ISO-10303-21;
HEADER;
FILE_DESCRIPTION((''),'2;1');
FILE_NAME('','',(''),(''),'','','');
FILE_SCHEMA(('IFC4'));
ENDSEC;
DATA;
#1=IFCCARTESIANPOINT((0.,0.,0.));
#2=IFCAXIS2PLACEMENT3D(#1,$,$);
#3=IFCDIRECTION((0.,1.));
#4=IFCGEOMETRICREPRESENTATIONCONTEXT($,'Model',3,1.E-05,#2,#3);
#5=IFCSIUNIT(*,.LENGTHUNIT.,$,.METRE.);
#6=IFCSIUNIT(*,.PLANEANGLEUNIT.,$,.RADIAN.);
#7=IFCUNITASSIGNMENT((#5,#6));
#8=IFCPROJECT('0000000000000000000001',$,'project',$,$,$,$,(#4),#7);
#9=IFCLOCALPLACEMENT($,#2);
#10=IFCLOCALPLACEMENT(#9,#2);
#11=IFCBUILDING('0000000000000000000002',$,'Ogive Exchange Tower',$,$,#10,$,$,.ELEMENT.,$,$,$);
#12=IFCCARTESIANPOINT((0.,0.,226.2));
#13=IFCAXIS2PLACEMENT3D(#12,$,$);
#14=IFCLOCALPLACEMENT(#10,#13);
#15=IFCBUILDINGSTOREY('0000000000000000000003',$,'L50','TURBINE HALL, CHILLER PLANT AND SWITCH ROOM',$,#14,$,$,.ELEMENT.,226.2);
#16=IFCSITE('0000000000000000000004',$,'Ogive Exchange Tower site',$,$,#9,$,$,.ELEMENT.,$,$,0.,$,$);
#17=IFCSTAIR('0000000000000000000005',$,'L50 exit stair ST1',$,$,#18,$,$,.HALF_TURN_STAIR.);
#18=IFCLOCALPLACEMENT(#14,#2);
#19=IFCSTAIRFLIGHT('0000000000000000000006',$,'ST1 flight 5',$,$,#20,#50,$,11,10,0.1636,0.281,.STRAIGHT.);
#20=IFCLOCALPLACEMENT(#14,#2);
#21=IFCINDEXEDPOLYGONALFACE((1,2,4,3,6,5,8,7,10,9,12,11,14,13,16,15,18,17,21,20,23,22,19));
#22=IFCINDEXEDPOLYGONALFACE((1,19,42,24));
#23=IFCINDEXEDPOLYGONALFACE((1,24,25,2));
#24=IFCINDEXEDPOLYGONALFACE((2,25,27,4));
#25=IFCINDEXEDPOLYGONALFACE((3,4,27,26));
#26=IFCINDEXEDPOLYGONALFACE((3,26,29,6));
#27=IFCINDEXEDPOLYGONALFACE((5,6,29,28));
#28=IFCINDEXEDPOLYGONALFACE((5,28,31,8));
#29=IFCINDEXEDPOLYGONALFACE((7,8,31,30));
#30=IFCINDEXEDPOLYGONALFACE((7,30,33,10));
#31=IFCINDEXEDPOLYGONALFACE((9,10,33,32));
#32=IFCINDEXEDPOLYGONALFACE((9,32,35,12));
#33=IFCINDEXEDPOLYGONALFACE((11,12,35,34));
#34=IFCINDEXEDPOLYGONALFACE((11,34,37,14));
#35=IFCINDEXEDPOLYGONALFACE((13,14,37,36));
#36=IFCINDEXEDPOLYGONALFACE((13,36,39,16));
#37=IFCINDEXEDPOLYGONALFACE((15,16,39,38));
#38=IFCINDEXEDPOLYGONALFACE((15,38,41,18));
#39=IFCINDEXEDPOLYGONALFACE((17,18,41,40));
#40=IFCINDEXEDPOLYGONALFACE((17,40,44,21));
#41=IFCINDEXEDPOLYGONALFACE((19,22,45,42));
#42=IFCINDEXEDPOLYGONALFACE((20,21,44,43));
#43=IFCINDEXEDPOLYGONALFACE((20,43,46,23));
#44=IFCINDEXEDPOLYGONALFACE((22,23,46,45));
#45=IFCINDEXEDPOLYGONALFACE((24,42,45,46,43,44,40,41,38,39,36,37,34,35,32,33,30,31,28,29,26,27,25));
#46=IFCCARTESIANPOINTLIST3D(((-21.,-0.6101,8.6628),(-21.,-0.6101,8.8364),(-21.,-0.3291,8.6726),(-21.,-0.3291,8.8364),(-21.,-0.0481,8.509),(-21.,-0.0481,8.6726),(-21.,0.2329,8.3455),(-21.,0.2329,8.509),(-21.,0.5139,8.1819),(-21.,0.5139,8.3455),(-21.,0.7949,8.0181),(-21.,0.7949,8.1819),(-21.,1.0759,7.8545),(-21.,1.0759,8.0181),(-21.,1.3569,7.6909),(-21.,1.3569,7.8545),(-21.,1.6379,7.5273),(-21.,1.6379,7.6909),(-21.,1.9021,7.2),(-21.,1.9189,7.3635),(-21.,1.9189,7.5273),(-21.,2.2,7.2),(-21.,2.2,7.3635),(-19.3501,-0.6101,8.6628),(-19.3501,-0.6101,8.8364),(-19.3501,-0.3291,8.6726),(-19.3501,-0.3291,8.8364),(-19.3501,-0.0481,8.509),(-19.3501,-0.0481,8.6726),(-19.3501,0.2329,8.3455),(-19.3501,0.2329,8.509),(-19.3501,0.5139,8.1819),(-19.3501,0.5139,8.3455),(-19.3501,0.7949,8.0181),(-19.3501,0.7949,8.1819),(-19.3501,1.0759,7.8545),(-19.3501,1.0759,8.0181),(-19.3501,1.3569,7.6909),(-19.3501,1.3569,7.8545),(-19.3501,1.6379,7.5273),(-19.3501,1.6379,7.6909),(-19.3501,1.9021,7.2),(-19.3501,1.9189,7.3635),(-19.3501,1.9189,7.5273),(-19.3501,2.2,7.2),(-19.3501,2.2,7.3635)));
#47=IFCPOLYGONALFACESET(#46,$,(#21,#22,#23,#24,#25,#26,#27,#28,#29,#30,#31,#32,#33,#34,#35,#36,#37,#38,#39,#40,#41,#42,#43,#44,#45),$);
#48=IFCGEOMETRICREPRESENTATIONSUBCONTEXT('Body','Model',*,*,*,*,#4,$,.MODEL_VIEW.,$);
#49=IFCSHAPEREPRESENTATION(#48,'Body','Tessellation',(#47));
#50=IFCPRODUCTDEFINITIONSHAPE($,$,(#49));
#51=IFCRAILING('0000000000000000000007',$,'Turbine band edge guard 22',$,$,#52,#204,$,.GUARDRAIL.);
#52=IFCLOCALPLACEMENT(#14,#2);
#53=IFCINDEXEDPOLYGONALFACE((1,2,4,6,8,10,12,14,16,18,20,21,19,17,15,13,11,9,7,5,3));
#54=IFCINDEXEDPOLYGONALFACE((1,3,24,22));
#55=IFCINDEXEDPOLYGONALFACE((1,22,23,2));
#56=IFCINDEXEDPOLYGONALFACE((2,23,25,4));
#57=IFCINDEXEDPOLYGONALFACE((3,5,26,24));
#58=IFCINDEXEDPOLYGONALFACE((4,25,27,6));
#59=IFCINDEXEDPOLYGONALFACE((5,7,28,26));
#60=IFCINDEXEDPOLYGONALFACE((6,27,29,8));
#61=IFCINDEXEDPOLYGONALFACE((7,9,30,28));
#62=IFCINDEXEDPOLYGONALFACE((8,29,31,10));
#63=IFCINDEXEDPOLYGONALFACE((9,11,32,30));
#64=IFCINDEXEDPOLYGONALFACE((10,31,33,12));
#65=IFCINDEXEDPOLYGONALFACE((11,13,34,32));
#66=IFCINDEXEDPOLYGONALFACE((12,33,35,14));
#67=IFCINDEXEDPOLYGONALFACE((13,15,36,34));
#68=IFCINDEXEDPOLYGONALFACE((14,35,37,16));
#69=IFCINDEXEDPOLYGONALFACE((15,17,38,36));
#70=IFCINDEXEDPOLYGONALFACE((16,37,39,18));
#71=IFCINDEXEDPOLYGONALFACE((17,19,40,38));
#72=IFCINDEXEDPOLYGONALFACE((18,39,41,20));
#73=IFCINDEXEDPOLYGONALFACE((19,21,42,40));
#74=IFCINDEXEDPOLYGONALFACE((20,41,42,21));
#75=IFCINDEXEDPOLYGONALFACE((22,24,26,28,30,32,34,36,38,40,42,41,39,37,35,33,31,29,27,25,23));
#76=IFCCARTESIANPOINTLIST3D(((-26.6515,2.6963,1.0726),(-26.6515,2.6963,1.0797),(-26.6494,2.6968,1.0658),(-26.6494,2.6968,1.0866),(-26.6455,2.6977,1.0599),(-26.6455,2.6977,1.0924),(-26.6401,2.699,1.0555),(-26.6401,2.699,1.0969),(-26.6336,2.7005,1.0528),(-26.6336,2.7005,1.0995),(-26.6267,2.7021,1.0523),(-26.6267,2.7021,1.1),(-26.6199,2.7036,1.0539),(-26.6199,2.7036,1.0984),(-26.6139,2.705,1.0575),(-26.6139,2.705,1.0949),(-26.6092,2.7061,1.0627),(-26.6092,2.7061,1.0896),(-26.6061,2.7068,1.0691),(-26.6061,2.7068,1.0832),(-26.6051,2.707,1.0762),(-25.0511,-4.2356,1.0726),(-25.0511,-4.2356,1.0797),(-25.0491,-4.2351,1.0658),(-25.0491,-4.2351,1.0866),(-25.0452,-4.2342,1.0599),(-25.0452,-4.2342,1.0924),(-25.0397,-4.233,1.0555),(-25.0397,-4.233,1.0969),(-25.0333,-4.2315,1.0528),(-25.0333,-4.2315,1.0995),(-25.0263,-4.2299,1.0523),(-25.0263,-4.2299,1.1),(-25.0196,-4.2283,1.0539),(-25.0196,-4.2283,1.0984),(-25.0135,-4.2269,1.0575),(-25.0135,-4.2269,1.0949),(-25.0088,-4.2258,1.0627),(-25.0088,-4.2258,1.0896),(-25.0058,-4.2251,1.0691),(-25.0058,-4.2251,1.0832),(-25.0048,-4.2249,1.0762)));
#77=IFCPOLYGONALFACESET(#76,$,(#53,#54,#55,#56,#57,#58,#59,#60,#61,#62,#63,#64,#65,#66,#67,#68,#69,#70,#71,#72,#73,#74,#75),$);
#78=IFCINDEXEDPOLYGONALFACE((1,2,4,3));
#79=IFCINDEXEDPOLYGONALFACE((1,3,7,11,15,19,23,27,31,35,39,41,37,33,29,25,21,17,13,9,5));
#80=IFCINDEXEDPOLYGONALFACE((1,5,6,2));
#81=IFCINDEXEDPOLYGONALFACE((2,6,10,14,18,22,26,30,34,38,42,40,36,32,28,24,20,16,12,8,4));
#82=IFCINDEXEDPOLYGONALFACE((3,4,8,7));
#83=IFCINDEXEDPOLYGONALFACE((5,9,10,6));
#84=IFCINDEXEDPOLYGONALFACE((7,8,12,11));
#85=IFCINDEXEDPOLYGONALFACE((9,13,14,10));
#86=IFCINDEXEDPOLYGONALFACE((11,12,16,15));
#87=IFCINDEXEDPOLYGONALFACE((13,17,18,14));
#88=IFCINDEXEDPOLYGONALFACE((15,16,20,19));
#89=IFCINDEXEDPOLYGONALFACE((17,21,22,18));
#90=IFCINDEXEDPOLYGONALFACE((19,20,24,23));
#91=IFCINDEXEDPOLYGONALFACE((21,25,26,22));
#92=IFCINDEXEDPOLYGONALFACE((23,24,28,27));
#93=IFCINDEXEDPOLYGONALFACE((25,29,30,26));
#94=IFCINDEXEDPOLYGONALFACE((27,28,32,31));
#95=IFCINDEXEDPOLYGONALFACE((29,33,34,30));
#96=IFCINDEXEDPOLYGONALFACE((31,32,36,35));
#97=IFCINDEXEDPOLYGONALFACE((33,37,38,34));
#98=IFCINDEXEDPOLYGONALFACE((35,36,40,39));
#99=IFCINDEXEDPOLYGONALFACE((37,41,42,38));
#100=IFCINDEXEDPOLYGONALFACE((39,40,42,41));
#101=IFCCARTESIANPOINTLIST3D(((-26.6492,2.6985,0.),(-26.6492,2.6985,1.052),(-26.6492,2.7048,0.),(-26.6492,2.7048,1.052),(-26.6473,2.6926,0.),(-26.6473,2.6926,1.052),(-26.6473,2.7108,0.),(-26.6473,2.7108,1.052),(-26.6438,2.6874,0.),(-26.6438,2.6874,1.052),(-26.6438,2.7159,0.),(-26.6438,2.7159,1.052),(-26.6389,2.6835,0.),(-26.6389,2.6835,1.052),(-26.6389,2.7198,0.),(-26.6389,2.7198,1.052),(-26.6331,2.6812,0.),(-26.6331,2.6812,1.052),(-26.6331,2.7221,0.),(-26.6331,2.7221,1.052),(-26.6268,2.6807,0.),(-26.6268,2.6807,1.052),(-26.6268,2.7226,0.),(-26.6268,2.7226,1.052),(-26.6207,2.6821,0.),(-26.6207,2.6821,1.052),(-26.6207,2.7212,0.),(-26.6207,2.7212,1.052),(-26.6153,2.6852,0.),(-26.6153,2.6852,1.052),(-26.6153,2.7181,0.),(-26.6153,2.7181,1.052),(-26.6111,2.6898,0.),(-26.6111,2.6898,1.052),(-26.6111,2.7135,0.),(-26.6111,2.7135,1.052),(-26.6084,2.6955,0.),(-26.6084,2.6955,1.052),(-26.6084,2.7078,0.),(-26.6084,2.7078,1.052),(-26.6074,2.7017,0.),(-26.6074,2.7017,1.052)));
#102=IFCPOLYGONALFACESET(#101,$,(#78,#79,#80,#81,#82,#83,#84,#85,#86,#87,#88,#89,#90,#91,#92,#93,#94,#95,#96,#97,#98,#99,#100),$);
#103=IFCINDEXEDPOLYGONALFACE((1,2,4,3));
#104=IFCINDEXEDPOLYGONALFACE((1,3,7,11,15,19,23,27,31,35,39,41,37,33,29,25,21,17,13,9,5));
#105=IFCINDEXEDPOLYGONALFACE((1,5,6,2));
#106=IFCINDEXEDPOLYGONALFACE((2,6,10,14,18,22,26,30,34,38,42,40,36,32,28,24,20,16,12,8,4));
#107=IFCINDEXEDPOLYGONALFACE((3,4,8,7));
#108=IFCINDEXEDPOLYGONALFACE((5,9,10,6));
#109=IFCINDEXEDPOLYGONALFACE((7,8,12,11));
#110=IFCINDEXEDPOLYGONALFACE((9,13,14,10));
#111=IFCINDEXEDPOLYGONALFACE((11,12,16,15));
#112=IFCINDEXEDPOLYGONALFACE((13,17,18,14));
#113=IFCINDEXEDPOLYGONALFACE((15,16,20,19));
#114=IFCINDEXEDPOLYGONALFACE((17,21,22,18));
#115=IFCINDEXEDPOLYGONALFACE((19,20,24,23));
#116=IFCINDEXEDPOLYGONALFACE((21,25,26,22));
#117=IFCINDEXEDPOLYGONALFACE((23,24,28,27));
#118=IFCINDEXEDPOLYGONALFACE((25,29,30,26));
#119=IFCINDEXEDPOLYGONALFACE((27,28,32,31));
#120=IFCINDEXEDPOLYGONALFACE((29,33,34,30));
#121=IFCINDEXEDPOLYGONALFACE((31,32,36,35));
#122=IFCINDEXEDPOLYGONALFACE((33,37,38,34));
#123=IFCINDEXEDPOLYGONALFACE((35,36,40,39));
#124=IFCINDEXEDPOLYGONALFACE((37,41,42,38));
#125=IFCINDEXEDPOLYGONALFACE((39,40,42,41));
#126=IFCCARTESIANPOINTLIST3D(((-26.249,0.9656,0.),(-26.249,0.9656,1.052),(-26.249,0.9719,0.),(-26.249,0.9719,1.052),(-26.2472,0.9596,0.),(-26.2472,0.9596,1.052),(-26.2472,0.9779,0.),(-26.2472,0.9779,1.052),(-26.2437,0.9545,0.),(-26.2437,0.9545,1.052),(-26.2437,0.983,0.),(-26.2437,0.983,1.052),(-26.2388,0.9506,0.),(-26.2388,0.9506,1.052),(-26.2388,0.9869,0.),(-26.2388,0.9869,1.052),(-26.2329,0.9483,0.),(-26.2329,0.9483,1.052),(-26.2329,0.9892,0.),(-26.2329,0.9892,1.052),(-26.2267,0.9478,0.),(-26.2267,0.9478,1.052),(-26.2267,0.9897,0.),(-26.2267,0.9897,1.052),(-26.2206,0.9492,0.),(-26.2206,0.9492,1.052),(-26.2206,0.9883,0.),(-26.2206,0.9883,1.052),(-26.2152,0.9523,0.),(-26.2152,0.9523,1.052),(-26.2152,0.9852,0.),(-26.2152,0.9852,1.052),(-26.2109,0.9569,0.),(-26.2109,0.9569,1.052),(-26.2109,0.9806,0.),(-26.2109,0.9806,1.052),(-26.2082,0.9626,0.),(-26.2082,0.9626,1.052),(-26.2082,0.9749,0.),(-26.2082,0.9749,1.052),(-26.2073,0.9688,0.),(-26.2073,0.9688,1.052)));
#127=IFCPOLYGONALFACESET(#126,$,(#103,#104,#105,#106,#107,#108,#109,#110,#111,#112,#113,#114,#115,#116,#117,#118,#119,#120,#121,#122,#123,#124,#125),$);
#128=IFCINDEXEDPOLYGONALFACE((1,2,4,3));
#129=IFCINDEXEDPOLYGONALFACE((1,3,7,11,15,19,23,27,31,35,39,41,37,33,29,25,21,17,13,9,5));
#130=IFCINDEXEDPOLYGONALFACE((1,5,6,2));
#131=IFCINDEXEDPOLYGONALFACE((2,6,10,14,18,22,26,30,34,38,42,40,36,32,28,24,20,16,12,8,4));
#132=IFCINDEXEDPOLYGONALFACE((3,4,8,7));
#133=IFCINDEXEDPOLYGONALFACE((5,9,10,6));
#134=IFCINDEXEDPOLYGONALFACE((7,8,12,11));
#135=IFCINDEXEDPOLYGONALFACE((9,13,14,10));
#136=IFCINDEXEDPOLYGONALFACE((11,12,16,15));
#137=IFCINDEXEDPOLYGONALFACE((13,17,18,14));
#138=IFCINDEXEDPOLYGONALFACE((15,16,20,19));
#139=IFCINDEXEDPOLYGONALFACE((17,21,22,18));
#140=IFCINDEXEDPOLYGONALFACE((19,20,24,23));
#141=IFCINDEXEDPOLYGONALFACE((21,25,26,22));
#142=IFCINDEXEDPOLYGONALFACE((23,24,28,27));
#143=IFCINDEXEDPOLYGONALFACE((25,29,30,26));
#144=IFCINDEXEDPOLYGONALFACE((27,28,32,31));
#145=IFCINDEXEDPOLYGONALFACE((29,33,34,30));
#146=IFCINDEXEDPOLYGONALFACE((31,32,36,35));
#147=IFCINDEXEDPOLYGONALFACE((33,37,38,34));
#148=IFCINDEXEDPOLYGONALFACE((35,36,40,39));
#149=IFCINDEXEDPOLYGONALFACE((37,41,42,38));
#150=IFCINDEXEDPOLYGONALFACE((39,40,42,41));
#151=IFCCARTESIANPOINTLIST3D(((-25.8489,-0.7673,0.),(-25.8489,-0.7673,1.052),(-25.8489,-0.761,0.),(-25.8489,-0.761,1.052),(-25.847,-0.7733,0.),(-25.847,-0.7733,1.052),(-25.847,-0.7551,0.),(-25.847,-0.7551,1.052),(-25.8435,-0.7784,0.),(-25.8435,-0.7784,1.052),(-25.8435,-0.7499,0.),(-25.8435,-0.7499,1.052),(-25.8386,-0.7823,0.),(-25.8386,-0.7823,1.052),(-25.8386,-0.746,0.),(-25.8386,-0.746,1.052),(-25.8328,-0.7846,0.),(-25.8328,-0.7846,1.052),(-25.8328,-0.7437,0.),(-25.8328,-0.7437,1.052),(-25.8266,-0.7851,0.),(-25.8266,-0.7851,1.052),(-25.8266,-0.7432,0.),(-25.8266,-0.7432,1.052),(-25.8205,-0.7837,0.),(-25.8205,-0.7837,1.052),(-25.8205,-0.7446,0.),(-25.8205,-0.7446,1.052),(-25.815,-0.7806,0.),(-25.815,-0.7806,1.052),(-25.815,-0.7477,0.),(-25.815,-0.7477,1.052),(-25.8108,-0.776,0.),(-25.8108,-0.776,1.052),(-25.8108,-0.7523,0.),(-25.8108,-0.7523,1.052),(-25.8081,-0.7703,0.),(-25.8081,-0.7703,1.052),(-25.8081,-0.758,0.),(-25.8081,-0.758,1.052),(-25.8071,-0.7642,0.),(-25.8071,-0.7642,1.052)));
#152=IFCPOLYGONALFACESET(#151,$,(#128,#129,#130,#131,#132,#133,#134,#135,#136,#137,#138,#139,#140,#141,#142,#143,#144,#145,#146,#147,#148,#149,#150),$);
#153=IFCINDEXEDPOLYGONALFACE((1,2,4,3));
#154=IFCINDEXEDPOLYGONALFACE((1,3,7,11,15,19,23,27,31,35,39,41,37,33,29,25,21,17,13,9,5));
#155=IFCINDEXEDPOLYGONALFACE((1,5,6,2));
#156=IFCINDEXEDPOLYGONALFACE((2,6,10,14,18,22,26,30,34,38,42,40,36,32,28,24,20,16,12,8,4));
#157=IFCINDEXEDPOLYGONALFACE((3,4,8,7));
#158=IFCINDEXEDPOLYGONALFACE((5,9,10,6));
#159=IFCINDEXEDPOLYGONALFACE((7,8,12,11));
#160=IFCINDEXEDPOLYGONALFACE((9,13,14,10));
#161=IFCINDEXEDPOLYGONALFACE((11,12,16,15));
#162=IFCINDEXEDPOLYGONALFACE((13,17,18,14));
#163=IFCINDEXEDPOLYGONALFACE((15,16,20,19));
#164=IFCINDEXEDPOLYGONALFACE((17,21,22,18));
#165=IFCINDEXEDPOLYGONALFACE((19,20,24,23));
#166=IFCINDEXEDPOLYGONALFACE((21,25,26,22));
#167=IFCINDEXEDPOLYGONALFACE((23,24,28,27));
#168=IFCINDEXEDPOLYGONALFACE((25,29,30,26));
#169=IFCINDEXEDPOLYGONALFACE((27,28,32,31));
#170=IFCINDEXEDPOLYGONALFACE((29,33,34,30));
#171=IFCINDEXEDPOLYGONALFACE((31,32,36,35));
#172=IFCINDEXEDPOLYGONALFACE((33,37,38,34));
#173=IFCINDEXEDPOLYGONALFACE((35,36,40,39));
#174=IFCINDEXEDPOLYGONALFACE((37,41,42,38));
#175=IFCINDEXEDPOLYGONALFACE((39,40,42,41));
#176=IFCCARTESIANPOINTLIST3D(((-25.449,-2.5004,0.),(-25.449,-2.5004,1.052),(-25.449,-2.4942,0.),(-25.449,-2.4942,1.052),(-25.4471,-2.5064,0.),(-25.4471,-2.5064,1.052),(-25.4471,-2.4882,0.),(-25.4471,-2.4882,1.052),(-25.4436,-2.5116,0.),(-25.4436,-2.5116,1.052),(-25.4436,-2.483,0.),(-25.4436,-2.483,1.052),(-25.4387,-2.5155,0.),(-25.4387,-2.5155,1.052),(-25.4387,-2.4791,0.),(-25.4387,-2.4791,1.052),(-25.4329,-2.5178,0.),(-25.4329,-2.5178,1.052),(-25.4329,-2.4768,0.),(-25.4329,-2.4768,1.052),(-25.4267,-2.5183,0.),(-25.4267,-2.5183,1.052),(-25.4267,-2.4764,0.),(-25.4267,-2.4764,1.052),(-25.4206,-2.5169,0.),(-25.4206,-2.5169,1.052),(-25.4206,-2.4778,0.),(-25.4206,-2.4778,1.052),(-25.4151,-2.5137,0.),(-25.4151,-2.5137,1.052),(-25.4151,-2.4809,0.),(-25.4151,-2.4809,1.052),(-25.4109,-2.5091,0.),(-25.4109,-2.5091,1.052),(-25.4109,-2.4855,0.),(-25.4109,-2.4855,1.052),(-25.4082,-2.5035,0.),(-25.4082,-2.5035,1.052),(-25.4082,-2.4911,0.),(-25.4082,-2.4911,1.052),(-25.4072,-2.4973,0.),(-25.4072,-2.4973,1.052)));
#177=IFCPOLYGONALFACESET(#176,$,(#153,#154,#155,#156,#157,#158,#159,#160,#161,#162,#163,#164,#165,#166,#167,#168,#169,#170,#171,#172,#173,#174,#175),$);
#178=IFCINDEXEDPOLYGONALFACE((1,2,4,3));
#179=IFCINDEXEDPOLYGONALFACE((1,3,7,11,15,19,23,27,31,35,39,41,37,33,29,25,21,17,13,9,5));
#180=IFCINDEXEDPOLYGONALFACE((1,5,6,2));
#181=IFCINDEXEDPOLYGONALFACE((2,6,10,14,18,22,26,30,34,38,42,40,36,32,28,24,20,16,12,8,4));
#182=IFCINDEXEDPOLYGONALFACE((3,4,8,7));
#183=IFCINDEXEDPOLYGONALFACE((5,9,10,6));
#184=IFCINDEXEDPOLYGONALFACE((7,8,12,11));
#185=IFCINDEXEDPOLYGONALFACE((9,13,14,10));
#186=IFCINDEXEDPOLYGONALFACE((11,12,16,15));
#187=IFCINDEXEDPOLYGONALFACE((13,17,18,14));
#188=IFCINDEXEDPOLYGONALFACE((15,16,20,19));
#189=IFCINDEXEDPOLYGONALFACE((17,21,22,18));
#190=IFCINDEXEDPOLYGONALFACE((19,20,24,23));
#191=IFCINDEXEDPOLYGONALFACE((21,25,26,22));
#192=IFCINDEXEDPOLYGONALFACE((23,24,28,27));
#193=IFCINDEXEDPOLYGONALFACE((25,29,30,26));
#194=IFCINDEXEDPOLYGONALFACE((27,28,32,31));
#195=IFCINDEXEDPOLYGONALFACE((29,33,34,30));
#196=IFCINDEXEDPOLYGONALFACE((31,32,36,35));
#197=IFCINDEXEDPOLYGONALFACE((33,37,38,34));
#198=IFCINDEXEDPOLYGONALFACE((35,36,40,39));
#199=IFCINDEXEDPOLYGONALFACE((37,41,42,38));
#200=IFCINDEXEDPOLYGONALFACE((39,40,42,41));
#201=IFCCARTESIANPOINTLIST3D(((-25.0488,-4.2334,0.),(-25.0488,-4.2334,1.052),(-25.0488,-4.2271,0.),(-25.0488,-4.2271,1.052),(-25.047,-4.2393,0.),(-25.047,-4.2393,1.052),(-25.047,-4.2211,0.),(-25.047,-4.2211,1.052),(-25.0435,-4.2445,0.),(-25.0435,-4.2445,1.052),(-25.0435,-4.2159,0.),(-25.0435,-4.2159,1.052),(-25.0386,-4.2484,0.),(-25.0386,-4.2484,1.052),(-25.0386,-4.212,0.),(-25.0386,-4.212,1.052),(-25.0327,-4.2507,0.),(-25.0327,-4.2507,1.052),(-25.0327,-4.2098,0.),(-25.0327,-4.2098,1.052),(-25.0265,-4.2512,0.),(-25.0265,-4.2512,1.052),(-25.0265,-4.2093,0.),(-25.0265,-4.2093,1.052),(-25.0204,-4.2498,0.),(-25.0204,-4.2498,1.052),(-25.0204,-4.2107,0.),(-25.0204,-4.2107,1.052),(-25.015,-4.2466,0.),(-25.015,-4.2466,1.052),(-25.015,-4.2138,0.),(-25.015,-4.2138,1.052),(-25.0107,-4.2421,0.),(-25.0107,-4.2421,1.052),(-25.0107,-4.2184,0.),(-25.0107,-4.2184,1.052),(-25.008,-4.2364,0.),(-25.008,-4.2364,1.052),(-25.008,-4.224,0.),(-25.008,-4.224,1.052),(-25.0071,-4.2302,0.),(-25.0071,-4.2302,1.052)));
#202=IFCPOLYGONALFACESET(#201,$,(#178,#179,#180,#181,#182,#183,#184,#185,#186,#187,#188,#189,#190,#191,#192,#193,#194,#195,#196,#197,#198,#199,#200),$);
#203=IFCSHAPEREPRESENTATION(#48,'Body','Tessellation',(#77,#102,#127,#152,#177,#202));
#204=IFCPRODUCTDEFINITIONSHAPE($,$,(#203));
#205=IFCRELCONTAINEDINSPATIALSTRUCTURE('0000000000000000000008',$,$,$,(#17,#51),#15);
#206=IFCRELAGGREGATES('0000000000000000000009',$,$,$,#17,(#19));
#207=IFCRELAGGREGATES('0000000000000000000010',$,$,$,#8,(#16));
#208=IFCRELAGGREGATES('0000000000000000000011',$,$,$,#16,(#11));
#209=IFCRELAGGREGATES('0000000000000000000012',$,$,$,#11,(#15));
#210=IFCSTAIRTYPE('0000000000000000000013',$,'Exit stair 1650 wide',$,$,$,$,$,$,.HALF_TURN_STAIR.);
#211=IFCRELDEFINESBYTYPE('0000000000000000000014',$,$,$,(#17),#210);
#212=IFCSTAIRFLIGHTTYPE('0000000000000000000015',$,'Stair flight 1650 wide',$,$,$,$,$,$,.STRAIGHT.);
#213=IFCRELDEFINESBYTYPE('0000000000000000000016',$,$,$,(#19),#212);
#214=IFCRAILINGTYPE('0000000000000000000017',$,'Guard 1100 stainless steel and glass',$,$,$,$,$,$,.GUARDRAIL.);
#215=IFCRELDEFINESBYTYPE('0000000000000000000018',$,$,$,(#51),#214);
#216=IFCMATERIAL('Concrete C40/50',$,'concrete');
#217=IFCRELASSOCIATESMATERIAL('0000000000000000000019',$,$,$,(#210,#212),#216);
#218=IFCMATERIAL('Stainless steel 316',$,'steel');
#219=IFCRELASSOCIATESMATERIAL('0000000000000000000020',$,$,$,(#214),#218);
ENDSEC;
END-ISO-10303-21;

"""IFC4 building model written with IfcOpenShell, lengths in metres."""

from ifc_helpers import new_model, si_unit, direction, frame, origin, origin_2d, place, context, subcontext, project, spatial, polyline, circle, outline, extrude, material, type_object, element, aggregate, save


model = new_model("IFC4")

# Units and contexts
model_context = context("Model", 3, precision=1e-05, world=origin(), true_north=direction((0.0, 1.0)))
body_context = subcontext(model_context, "Body", "Model", "MODEL_VIEW")
ifc_project = project(units=[si_unit("LENGTHUNIT", "METRE"), si_unit("PLANEANGLEUNIT", "RADIAN")], contexts=[model_context])

# Site, building, storey
site_placement = place(None, origin())
site = spatial("IfcSite", under=ifc_project, at=site_placement, Name="Ogive Exchange Tower site", CompositionType="ELEMENT", RefElevation=0.0)
building_placement = place(site_placement, origin())
building = spatial("IfcBuilding", under=site, at=building_placement, Name="Ogive Exchange Tower", CompositionType="ELEMENT")
storey_placement = place(building_placement, frame((0.0, 0.0, 226.2)))
storey = spatial("IfcBuildingStorey", under=building, at=storey_placement, Name="L50", Description="TURBINE HALL, CHILLER PLANT AND SWITCH ROOM", CompositionType="ELEMENT", Elevation=226.2)

# Stair, stair flight
ifc_material_1 = material(Name="Concrete C40/50", Category="concrete")
stair_type = type_object("IfcStairType", Name="Exit stair 1650 wide", PredefinedType="HALF_TURN_STAIR", material=ifc_material_1)
stair_placement = place(storey_placement, origin())
stair = element("IfcStair", 1, at=stair_placement, inside=storey, type_object=stair_type, Name="L50 exit stair ST1", PredefinedType="HALF_TURN_STAIR")
stair_flight_type = type_object("IfcStairFlightType", Name="Stair flight 1650 wide", PredefinedType="STRAIGHT", material=ifc_material_1)
stair_flight_1_placement = place(storey_placement, frame((-20.175, 2.2, 7.2), z_axis=(0.0, 0.0, 1.0), x_axis=(0.0, -1.0, 0.0)))
stair_flight_1 = element("IfcStairFlight", 2, at=stair_flight_1_placement, type_object=stair_flight_type, Name="ST1 flight 5", NumberOfRisers=11, NumberOfTreads=10, PredefinedType="STRAIGHT", RiserHeight=0.1636, TreadLength=0.281, context=body_context, shape_type="SweptSolid", body=[
    extrude(outline(polyline([(0.0, 0.0), (0.0, 0.1636), (0.281, 0.1636), (0.281, 0.3274), (0.562, 0.3274), (0.562, 0.491), (0.843, 0.491), (0.843, 0.6545), (1.124, 0.6545), (1.124, 0.8181), (1.405, 0.8181), (1.405, 0.9819), (1.686, 0.9819), (1.686, 1.1455), (1.967, 1.1455), (1.967, 1.3091), (2.248, 1.3091), (2.248, 1.4727), (2.5291, 1.4727), (2.5291, 1.6365), (2.8101, 1.6365), (2.8101, 1.8), (2.8101, 1.4629), (0.2979, 0.0), (0.0, 0.0)])), frame((0.0, 0.825, 0.0), z_axis=(0.0, -1.0, 0.0), x_axis=(1.0, 0.0, 0.0)), (0.0, 0.0, 1.0), 1.6499),
])
aggregate(stair, [stair_flight_1])

# Railing
ifc_material_2 = material(Name="Stainless steel 316", Category="steel")
railing_type_1 = type_object("IfcRailingType", Name="Guard 1100 stainless steel and glass", PredefinedType="GUARDRAIL", material=ifc_material_2)
railing_1_placement = place(storey_placement, frame((-26.6284, 2.7017, 0.0)))
element("IfcRailing", 3, at=railing_1_placement, inside=storey, type_object=railing_type_1, Name="Turbine band edge guard 22", PredefinedType="GUARDRAIL", context=body_context, shape_type="SweptSolid", body=[
    extrude(circle(Radius=0.0239, at=origin_2d()), frame((0.0, 0.0, 1.0762), z_axis=(0.22495, -0.97437, 0.0), x_axis=(0.97437, 0.22495, 0.0)), (0.0, 0.0, 1.0), 7.1143),
    extrude(circle(Radius=0.021, at=origin_2d()), origin(), (0.0, 0.0, 1.0), 1.052),
    extrude(circle(Radius=0.021, at=origin_2d()), frame((0.4001, -1.7329, 0.0)), (0.0, 0.0, 1.0), 1.052),
    extrude(circle(Radius=0.021, at=origin_2d()), frame((0.8003, -3.4658, 0.0)), (0.0, 0.0, 1.0), 1.052),
    extrude(circle(Radius=0.021, at=origin_2d()), frame((1.2002, -5.199, 0.0)), (0.0, 0.0, 1.0), 1.052),
    extrude(circle(Radius=0.021, at=origin_2d()), frame((1.6003, -6.9319, 0.0)), (0.0, 0.0, 1.0), 1.052),
])

save(model, "model.ifc")
